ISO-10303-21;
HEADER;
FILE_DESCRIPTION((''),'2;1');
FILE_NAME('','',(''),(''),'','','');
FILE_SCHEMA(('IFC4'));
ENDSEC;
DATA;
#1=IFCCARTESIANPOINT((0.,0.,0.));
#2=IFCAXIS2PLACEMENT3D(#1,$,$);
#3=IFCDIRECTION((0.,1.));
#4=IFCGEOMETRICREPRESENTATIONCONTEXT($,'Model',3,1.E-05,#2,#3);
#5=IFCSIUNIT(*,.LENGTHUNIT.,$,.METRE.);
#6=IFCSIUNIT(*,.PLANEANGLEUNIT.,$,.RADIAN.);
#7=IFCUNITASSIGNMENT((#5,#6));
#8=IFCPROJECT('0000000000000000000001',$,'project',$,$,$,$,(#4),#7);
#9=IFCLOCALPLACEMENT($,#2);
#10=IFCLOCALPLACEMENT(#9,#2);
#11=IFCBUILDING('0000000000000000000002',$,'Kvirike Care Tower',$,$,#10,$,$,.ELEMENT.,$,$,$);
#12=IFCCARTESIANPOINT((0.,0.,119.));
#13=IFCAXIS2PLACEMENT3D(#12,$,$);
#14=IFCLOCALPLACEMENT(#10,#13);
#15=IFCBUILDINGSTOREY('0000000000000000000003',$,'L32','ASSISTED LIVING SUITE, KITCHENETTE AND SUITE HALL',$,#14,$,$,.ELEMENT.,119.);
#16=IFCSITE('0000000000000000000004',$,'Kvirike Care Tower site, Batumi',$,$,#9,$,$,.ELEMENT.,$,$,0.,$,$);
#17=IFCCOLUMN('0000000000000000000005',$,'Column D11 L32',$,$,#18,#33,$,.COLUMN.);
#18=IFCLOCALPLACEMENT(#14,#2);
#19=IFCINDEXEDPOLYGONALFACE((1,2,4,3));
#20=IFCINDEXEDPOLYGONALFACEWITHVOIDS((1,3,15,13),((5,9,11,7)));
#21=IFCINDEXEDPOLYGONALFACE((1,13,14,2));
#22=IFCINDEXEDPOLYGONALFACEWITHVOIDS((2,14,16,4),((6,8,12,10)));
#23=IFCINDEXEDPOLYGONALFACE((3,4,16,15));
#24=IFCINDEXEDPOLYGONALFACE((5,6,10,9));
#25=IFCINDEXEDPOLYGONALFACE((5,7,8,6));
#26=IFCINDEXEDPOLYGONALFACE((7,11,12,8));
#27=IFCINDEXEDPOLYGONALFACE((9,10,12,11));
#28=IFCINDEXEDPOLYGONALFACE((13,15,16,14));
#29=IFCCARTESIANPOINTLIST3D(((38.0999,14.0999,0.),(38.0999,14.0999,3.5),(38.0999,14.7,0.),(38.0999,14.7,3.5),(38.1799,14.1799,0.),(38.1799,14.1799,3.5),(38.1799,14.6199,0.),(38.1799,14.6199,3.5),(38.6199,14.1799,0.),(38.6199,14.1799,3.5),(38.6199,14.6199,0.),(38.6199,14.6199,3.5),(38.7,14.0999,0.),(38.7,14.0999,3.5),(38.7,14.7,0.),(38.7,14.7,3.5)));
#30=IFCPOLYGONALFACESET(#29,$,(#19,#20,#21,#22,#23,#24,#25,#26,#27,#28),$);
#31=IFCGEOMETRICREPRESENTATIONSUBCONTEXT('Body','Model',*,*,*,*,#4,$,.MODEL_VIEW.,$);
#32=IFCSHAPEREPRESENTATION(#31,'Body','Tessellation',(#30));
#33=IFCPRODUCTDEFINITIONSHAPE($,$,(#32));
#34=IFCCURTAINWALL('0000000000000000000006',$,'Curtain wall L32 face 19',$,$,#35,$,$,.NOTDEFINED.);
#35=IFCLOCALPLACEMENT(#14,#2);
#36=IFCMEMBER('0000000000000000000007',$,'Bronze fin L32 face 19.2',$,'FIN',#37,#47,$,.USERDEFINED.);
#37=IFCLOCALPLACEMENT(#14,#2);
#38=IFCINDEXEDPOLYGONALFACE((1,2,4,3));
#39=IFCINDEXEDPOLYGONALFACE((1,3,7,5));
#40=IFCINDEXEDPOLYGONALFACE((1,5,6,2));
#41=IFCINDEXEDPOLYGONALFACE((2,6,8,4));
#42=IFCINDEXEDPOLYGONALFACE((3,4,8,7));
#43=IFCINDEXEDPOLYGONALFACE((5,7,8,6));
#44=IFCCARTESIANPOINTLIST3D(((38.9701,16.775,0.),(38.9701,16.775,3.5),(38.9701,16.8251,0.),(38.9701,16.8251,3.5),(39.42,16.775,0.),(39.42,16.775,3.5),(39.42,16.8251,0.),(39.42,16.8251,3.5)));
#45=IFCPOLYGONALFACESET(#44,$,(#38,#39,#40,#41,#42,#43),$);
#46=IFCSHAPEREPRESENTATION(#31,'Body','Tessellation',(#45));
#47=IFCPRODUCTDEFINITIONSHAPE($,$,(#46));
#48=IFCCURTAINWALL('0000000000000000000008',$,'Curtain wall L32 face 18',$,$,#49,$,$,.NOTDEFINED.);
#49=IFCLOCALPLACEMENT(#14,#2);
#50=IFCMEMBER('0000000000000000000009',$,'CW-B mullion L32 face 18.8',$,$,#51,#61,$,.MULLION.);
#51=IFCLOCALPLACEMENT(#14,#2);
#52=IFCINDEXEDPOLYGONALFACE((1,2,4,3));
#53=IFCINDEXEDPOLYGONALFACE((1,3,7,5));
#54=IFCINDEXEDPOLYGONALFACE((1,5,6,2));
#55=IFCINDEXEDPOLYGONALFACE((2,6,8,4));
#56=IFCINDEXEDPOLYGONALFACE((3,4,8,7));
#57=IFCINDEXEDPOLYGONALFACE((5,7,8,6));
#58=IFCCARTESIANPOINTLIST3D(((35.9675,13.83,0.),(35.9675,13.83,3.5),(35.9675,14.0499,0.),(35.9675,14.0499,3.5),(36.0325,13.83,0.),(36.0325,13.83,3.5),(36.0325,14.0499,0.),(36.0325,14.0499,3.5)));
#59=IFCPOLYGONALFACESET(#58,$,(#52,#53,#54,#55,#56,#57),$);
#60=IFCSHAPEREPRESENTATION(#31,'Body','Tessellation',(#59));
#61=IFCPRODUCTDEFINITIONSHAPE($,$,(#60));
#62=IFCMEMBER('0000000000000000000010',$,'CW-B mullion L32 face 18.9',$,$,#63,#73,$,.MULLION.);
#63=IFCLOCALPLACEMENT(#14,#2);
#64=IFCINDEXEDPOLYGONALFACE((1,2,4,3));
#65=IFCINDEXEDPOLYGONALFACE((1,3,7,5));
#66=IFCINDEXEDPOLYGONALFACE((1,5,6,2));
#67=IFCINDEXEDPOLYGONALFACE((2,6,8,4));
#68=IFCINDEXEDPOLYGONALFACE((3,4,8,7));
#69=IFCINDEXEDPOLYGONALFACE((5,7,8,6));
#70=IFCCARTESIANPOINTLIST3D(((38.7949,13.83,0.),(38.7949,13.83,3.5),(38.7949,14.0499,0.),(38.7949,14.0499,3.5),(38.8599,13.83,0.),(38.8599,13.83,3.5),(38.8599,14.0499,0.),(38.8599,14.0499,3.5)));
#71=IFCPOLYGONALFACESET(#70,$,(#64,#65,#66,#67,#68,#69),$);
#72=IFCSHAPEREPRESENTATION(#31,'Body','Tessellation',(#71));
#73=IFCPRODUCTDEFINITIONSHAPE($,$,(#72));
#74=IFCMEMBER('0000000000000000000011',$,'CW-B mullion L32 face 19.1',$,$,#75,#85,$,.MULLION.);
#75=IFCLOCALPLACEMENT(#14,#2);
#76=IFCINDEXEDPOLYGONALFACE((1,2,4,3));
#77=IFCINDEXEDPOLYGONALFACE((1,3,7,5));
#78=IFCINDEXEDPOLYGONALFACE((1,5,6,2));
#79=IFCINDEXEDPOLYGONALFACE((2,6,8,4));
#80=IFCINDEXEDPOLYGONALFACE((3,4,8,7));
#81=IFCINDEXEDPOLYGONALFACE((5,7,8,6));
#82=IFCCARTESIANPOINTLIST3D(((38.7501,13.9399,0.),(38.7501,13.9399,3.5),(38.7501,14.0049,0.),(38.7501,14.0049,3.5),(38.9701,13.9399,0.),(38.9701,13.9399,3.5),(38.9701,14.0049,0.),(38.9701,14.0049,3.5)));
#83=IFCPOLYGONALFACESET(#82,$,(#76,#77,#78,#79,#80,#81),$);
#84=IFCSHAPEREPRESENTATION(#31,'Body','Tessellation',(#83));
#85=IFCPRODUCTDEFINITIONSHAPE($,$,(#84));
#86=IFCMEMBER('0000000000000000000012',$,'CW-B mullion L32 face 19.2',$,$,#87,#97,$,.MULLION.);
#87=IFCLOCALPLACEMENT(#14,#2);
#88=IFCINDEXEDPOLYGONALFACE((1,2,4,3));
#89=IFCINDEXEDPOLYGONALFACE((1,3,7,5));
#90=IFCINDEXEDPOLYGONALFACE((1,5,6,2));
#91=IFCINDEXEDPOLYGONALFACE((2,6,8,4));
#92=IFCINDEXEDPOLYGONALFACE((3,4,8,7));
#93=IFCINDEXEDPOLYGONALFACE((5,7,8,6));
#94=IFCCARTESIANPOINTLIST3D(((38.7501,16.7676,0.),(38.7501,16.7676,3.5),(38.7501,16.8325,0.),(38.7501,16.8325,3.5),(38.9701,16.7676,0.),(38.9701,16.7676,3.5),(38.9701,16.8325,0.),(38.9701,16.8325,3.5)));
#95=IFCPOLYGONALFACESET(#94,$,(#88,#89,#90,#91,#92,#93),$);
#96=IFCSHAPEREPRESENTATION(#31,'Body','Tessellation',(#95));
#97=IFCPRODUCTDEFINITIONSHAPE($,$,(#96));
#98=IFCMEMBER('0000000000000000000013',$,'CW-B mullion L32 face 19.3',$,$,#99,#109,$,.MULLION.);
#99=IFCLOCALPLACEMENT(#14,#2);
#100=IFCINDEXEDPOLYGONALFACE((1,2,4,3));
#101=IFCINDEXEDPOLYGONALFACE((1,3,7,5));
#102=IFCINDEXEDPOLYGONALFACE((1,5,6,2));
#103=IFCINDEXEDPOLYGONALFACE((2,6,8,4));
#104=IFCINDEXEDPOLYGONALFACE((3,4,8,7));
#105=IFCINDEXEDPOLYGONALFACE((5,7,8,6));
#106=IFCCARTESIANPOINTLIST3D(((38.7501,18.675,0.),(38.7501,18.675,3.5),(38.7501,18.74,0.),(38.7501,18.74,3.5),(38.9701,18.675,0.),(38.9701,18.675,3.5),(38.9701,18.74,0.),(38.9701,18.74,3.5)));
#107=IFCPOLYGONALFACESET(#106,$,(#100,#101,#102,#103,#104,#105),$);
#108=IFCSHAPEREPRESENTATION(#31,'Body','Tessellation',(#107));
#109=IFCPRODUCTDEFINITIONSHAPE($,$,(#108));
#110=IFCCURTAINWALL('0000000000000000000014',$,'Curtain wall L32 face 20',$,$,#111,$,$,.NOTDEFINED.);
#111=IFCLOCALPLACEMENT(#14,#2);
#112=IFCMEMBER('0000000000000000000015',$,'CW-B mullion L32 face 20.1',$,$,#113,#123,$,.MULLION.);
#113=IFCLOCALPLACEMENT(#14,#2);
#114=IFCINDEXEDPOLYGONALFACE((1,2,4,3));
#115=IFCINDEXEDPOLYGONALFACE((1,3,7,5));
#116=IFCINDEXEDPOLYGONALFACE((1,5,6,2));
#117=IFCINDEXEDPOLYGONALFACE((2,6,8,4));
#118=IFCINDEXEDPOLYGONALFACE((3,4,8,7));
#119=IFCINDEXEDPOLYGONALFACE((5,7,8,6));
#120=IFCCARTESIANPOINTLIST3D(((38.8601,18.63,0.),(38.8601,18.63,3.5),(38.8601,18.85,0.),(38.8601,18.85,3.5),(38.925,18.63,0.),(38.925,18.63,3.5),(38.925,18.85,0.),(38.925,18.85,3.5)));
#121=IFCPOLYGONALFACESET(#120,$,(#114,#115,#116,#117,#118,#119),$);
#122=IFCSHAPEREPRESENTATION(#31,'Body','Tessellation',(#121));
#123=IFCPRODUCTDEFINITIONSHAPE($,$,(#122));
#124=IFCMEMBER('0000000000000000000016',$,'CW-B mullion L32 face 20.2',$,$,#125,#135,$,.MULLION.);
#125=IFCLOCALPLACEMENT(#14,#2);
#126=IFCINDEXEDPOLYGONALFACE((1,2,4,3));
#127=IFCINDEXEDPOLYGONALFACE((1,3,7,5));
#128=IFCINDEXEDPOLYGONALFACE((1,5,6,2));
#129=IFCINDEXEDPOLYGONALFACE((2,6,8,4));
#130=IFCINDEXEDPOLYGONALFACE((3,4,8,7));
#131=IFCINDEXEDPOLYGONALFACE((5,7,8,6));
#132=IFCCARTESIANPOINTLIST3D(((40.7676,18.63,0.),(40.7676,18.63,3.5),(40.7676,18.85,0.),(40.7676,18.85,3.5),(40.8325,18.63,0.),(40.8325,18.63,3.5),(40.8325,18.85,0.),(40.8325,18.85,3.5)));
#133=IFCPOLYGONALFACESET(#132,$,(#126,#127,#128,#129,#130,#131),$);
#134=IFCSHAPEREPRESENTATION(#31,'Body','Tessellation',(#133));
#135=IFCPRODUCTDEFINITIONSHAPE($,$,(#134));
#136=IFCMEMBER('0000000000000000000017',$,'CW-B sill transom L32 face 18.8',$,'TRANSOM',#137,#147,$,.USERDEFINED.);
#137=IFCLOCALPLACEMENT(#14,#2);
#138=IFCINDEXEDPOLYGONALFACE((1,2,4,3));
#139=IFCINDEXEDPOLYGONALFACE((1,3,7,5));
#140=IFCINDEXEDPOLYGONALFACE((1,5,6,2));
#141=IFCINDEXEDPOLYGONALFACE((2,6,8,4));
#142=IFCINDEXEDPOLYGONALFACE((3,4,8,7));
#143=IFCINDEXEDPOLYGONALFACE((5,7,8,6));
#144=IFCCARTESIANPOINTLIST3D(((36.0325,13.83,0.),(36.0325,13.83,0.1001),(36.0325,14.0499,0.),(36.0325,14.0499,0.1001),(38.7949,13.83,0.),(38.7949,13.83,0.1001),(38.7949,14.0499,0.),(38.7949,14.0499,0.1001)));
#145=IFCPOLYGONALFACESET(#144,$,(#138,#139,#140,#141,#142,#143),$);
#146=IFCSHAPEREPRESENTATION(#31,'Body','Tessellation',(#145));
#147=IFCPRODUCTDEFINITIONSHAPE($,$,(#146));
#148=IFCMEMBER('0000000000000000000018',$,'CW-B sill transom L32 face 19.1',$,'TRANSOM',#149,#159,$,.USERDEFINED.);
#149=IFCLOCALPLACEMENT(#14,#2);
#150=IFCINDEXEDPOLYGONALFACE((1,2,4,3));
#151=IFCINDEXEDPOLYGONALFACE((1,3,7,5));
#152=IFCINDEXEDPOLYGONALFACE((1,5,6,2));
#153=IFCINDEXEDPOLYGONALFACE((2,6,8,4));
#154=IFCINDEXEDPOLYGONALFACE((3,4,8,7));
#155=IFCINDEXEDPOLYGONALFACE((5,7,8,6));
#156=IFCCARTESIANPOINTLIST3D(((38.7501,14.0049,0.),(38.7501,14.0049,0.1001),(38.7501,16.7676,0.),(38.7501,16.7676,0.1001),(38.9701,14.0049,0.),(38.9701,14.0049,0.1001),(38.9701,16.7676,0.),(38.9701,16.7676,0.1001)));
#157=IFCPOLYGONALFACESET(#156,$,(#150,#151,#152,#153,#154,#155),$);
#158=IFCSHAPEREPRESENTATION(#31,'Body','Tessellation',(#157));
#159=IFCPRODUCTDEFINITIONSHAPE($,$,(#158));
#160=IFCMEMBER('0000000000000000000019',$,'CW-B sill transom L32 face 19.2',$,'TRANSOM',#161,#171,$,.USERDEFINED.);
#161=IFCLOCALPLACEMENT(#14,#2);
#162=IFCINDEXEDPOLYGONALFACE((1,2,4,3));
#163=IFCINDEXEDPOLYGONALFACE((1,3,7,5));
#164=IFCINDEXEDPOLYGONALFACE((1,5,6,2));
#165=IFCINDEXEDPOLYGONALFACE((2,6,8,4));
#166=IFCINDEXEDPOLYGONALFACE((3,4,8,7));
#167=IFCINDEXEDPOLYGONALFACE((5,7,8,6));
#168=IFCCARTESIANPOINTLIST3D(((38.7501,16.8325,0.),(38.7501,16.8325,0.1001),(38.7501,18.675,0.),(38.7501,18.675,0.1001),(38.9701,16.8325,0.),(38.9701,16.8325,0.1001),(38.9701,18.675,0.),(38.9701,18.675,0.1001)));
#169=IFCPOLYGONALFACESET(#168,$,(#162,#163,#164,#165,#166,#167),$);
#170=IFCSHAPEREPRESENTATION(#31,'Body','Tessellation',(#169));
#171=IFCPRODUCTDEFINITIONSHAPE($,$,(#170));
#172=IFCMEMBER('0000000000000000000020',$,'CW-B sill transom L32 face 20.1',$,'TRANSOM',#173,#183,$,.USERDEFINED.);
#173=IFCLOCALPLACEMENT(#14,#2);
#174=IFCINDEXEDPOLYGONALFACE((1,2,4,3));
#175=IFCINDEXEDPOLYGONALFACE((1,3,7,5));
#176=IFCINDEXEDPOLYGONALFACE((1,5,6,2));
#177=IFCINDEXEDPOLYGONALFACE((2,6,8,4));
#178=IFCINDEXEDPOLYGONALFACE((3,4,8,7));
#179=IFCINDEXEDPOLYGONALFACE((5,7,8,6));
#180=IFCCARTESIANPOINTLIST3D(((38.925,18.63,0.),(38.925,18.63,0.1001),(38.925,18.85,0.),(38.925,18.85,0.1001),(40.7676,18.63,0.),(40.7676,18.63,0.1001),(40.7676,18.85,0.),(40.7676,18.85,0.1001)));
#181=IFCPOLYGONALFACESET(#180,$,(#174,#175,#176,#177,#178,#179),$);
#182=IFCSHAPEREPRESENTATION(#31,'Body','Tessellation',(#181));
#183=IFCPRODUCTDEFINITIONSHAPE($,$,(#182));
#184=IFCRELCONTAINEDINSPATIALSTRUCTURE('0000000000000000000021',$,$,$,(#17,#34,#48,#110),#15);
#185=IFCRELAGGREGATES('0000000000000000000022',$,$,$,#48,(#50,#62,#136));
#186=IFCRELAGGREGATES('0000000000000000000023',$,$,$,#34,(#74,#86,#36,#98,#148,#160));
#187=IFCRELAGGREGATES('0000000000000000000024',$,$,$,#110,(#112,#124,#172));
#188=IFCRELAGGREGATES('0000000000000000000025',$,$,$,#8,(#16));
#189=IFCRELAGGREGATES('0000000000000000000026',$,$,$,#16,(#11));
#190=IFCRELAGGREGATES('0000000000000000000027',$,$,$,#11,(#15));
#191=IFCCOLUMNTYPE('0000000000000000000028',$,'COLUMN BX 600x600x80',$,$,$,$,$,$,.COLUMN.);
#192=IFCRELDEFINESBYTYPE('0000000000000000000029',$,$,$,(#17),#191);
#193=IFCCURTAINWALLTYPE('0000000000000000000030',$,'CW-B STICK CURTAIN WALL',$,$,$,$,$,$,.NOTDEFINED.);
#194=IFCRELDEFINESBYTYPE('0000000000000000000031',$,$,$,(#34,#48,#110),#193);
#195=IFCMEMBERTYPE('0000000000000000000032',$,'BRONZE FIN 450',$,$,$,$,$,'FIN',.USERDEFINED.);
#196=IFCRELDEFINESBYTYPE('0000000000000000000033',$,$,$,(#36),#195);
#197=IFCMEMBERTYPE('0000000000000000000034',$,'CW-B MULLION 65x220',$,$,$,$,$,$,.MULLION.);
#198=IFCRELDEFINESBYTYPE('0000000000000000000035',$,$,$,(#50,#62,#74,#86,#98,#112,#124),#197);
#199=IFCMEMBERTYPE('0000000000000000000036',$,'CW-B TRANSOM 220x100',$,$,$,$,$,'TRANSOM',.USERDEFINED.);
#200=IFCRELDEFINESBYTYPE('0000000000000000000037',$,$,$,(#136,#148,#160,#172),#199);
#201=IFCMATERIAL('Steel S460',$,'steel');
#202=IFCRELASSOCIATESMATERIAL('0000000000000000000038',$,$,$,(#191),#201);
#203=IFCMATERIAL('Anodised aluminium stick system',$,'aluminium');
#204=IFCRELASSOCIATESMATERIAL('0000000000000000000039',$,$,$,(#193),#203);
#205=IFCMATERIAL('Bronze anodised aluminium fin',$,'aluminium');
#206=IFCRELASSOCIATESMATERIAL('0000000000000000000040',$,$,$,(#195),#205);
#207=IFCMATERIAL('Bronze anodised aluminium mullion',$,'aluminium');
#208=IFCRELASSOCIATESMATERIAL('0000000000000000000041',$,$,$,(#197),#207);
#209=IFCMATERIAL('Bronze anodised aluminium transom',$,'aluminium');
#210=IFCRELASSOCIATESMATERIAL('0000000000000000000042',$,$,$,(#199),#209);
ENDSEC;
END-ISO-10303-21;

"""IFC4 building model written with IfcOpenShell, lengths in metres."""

from ifc_helpers import new_model, si_unit, direction, frame, origin, origin_2d, place, context, subcontext, project, spatial, rectangle, hollow_rectangle, extrude, material, material_profile, profile_set, type_object, element, aggregate, save


model = new_model("IFC4")

# Units and contexts
model_context = context("Model", 3, precision=1e-05, world=origin(), true_north=direction((0.0, 1.0)))
body_context = subcontext(model_context, "Body", "Model", "MODEL_VIEW")
ifc_project = project(units=[si_unit("LENGTHUNIT", "METRE"), si_unit("PLANEANGLEUNIT", "RADIAN")], contexts=[model_context])

# Site, building, storey
site_placement = place(None, origin())
site = spatial("IfcSite", under=ifc_project, at=site_placement, Name="Kvirike Care Tower site, Batumi", CompositionType="ELEMENT", RefElevation=0.0)
building_placement = place(site_placement, origin())
building = spatial("IfcBuilding", under=site, at=building_placement, Name="Kvirike Care Tower", CompositionType="ELEMENT")
storey_placement = place(building_placement, frame((0.0, 0.0, 119.0)))
storey = spatial("IfcBuildingStorey", under=building, at=storey_placement, Name="L32", Description="ASSISTED LIVING SUITE, KITCHENETTE AND SUITE HALL", CompositionType="ELEMENT", Elevation=119.0)

# Column
ifc_material_1 = material(Name="Steel S460", Category="steel")
ifc_material_profile_1 = material_profile(ifc_material_1, hollow_rectangle(XDim=0.6001, YDim=0.6001, WallThickness=0.0801, at=origin_2d()), Name="BX 600x600x80")
ifc_profile_set_1 = profile_set([ifc_material_profile_1], Name="Steel S460")
column_type = type_object("IfcColumnType", Name="COLUMN BX 600x600x80", PredefinedType="COLUMN", material=ifc_profile_set_1)
column_placement = place(storey_placement, frame((38.3999, 14.3999, 0.0), z_axis=(0.0, 0.0, 1.0), x_axis=(0.0, 1.0, 0.0)))
element("IfcColumn", 1, at=column_placement, inside=storey, type_object=column_type, Name="Column D11 L32", PredefinedType="COLUMN", context=body_context, shape_type="SweptSolid", body=[
    extrude(hollow_rectangle(XDim=0.6001, YDim=0.6001, WallThickness=0.0801, at=origin_2d()), origin(), (0.0, 0.0, 1.0), 3.5),
])

# Curtain wall, member
ifc_material_2 = material(Name="Anodised aluminium stick system", Category="aluminium")
curtain_wall_type = type_object("IfcCurtainWallType", Name="CW-B STICK CURTAIN WALL", PredefinedType="NOTDEFINED", material=ifc_material_2)
curtain_wall_1_placement = place(storey_placement, origin())
curtain_wall_1 = element("IfcCurtainWall", 2, at=curtain_wall_1_placement, inside=storey, type_object=curtain_wall_type, Name="Curtain wall L32 face 19", PredefinedType="NOTDEFINED")
ifc_material_3 = material(Name="Bronze anodised aluminium fin", Category="aluminium")
ifc_material_profile_2 = material_profile(ifc_material_3, rectangle(XDim=0.05, YDim=0.45, at=origin_2d()), Name="BRONZE FIN 450")
ifc_profile_set_2 = profile_set([ifc_material_profile_2], Name="Bronze anodised aluminium fin")
member_type_1 = type_object("IfcMemberType", Name="BRONZE FIN 450", ElementType="FIN", PredefinedType="USERDEFINED", material=ifc_profile_set_2)
member_1_placement = place(storey_placement, frame((39.1951, 16.8, 0.0), z_axis=(0.0, 0.0, 1.0), x_axis=(0.0, 1.0, 0.0)))
member_1 = element("IfcMember", 3, at=member_1_placement, type_object=member_type_1, Name="Bronze fin L32 face 19.2", ObjectType="FIN", PredefinedType="USERDEFINED", context=body_context, shape_type="SweptSolid", body=[
    extrude(rectangle(XDim=0.05, YDim=0.45, at=origin_2d()), origin(), (0.0, 0.0, 1.0), 3.5),
])

# Curtain wall, members
curtain_wall_2_placement = place(storey_placement, origin())
curtain_wall_2 = element("IfcCurtainWall", 4, at=curtain_wall_2_placement, inside=storey, type_object=curtain_wall_type, Name="Curtain wall L32 face 18", PredefinedType="NOTDEFINED")
ifc_material_4 = material(Name="Bronze anodised aluminium mullion", Category="aluminium")
ifc_material_profile_3 = material_profile(ifc_material_4, rectangle(XDim=0.0649, YDim=0.22, at=origin_2d()), Name="CW-B MULLION 65x220")
ifc_profile_set_3 = profile_set([ifc_material_profile_3], Name="Bronze anodised aluminium mullion")
member_type_2 = type_object("IfcMemberType", Name="CW-B MULLION 65x220", PredefinedType="MULLION", material=ifc_profile_set_3)
member_2_placement = place(storey_placement, frame((36.0, 13.9399, 0.0), z_axis=(0.0, 0.0, 1.0), x_axis=(1.0, 0.0, 0.0)))
member_2 = element("IfcMember", 5, at=member_2_placement, type_object=member_type_2, Name="CW-B mullion L32 face 18.8", PredefinedType="MULLION", context=body_context, shape_type="SweptSolid", body=[
    extrude(rectangle(XDim=0.0649, YDim=0.22, at=origin_2d()), origin(), (0.0, 0.0, 1.0), 3.5),
])
member_3_placement = place(storey_placement, frame((38.8274, 13.9399, 0.0), z_axis=(0.0, 0.0, 1.0), x_axis=(1.0, 0.0, 0.0)))
member_3 = element("IfcMember", 6, at=member_3_placement, type_object=member_type_2, Name="CW-B mullion L32 face 18.9", PredefinedType="MULLION", context=body_context, shape_type="SweptSolid", body=[
    extrude(rectangle(XDim=0.0649, YDim=0.22, at=origin_2d()), origin(), (0.0, 0.0, 1.0), 3.5),
])

# Members
member_4_placement = place(storey_placement, frame((38.8601, 13.9724, 0.0), z_axis=(0.0, 0.0, 1.0), x_axis=(0.0, 1.0, 0.0)))
member_4 = element("IfcMember", 7, at=member_4_placement, type_object=member_type_2, Name="CW-B mullion L32 face 19.1", PredefinedType="MULLION", context=body_context, shape_type="SweptSolid", body=[
    extrude(rectangle(XDim=0.0649, YDim=0.22, at=origin_2d()), origin(), (0.0, 0.0, 1.0), 3.5),
])
member_5_placement = place(storey_placement, frame((38.8601, 16.8, 0.0), z_axis=(0.0, 0.0, 1.0), x_axis=(0.0, 1.0, 0.0)))
member_5 = element("IfcMember", 8, at=member_5_placement, type_object=member_type_2, Name="CW-B mullion L32 face 19.2", PredefinedType="MULLION", context=body_context, shape_type="SweptSolid", body=[
    extrude(rectangle(XDim=0.0649, YDim=0.22, at=origin_2d()), origin(), (0.0, 0.0, 1.0), 3.5),
])
member_6_placement = place(storey_placement, frame((38.8601, 18.7075, 0.0), z_axis=(0.0, 0.0, 1.0), x_axis=(0.0, 1.0, 0.0)))
member_6 = element("IfcMember", 9, at=member_6_placement, type_object=member_type_2, Name="CW-B mullion L32 face 19.3", PredefinedType="MULLION", context=body_context, shape_type="SweptSolid", body=[
    extrude(rectangle(XDim=0.0649, YDim=0.22, at=origin_2d()), origin(), (0.0, 0.0, 1.0), 3.5),
])

# Curtain wall, members
curtain_wall_3_placement = place(storey_placement, origin())
curtain_wall_3 = element("IfcCurtainWall", 10, at=curtain_wall_3_placement, inside=storey, type_object=curtain_wall_type, Name="Curtain wall L32 face 20", PredefinedType="NOTDEFINED")
member_7_placement = place(storey_placement, frame((38.8926, 18.74, 0.0), z_axis=(0.0, 0.0, 1.0), x_axis=(1.0, 0.0, 0.0)))
member_7 = element("IfcMember", 11, at=member_7_placement, type_object=member_type_2, Name="CW-B mullion L32 face 20.1", PredefinedType="MULLION", context=body_context, shape_type="SweptSolid", body=[
    extrude(rectangle(XDim=0.0649, YDim=0.22, at=origin_2d()), origin(), (0.0, 0.0, 1.0), 3.5),
])
member_8_placement = place(storey_placement, frame((40.8, 18.74, 0.0), z_axis=(0.0, 0.0, 1.0), x_axis=(1.0, 0.0, 0.0)))
member_8 = element("IfcMember", 12, at=member_8_placement, type_object=member_type_2, Name="CW-B mullion L32 face 20.2", PredefinedType="MULLION", context=body_context, shape_type="SweptSolid", body=[
    extrude(rectangle(XDim=0.0649, YDim=0.22, at=origin_2d()), origin(), (0.0, 0.0, 1.0), 3.5),
])

# Members
ifc_material_5 = material(Name="Bronze anodised aluminium transom", Category="aluminium")
ifc_material_profile_4 = material_profile(ifc_material_5, rectangle(XDim=0.22, YDim=0.1001, at=origin_2d()), Name="CW-B TRANSOM 220x100")
ifc_profile_set_4 = profile_set([ifc_material_profile_4], Name="Bronze anodised aluminium transom")
member_type_3 = type_object("IfcMemberType", Name="CW-B TRANSOM 220x100", ElementType="TRANSOM", PredefinedType="USERDEFINED", material=ifc_profile_set_4)
member_9_placement = place(storey_placement, frame((36.0325, 13.9399, 0.05), z_axis=(1.0, 0.0, 0.0), x_axis=(0.0, 1.0, 0.0)))
member_9 = element("IfcMember", 13, at=member_9_placement, type_object=member_type_3, Name="CW-B sill transom L32 face 18.8", ObjectType="TRANSOM", PredefinedType="USERDEFINED", context=body_context, shape_type="SweptSolid", body=[
    extrude(rectangle(XDim=0.22, YDim=0.1001, at=origin_2d()), origin(), (0.0, 0.0, 1.0), 2.7625),
])
member_10_placement = place(storey_placement, frame((38.8601, 14.0049, 0.05), z_axis=(0.0, 1.0, 0.0), x_axis=(-1.0, 0.0, 0.0)))
member_10 = element("IfcMember", 14, at=member_10_placement, type_object=member_type_3, Name="CW-B sill transom L32 face 19.1", ObjectType="TRANSOM", PredefinedType="USERDEFINED", context=body_context, shape_type="SweptSolid", body=[
    extrude(rectangle(XDim=0.22, YDim=0.1001, at=origin_2d()), origin(), (0.0, 0.0, 1.0), 2.7627),
])
member_11_placement = place(storey_placement, frame((38.8601, 16.8325, 0.05), z_axis=(0.0, 1.0, 0.0), x_axis=(-1.0, 0.0, 0.0)))
member_11 = element("IfcMember", 15, at=member_11_placement, type_object=member_type_3, Name="CW-B sill transom L32 face 19.2", ObjectType="TRANSOM", PredefinedType="USERDEFINED", context=body_context, shape_type="SweptSolid", body=[
    extrude(rectangle(XDim=0.22, YDim=0.1001, at=origin_2d()), origin(), (0.0, 0.0, 1.0), 1.8425),
])
member_12_placement = place(storey_placement, frame((38.925, 18.74, 0.05), z_axis=(1.0, 0.0, 0.0), x_axis=(0.0, 1.0, 0.0)))
member_12 = element("IfcMember", 16, at=member_12_placement, type_object=member_type_3, Name="CW-B sill transom L32 face 20.1", ObjectType="TRANSOM", PredefinedType="USERDEFINED", context=body_context, shape_type="SweptSolid", body=[
    extrude(rectangle(XDim=0.22, YDim=0.1001, at=origin_2d()), origin(), (0.0, 0.0, 1.0), 1.8425),
])

aggregate(curtain_wall_2, [member_2, member_3, member_9])
aggregate(curtain_wall_1, [member_4, member_5, member_1, member_6, member_10, member_11])
aggregate(curtain_wall_3, [member_7, member_8, member_12])

save(model, "model.ifc")
